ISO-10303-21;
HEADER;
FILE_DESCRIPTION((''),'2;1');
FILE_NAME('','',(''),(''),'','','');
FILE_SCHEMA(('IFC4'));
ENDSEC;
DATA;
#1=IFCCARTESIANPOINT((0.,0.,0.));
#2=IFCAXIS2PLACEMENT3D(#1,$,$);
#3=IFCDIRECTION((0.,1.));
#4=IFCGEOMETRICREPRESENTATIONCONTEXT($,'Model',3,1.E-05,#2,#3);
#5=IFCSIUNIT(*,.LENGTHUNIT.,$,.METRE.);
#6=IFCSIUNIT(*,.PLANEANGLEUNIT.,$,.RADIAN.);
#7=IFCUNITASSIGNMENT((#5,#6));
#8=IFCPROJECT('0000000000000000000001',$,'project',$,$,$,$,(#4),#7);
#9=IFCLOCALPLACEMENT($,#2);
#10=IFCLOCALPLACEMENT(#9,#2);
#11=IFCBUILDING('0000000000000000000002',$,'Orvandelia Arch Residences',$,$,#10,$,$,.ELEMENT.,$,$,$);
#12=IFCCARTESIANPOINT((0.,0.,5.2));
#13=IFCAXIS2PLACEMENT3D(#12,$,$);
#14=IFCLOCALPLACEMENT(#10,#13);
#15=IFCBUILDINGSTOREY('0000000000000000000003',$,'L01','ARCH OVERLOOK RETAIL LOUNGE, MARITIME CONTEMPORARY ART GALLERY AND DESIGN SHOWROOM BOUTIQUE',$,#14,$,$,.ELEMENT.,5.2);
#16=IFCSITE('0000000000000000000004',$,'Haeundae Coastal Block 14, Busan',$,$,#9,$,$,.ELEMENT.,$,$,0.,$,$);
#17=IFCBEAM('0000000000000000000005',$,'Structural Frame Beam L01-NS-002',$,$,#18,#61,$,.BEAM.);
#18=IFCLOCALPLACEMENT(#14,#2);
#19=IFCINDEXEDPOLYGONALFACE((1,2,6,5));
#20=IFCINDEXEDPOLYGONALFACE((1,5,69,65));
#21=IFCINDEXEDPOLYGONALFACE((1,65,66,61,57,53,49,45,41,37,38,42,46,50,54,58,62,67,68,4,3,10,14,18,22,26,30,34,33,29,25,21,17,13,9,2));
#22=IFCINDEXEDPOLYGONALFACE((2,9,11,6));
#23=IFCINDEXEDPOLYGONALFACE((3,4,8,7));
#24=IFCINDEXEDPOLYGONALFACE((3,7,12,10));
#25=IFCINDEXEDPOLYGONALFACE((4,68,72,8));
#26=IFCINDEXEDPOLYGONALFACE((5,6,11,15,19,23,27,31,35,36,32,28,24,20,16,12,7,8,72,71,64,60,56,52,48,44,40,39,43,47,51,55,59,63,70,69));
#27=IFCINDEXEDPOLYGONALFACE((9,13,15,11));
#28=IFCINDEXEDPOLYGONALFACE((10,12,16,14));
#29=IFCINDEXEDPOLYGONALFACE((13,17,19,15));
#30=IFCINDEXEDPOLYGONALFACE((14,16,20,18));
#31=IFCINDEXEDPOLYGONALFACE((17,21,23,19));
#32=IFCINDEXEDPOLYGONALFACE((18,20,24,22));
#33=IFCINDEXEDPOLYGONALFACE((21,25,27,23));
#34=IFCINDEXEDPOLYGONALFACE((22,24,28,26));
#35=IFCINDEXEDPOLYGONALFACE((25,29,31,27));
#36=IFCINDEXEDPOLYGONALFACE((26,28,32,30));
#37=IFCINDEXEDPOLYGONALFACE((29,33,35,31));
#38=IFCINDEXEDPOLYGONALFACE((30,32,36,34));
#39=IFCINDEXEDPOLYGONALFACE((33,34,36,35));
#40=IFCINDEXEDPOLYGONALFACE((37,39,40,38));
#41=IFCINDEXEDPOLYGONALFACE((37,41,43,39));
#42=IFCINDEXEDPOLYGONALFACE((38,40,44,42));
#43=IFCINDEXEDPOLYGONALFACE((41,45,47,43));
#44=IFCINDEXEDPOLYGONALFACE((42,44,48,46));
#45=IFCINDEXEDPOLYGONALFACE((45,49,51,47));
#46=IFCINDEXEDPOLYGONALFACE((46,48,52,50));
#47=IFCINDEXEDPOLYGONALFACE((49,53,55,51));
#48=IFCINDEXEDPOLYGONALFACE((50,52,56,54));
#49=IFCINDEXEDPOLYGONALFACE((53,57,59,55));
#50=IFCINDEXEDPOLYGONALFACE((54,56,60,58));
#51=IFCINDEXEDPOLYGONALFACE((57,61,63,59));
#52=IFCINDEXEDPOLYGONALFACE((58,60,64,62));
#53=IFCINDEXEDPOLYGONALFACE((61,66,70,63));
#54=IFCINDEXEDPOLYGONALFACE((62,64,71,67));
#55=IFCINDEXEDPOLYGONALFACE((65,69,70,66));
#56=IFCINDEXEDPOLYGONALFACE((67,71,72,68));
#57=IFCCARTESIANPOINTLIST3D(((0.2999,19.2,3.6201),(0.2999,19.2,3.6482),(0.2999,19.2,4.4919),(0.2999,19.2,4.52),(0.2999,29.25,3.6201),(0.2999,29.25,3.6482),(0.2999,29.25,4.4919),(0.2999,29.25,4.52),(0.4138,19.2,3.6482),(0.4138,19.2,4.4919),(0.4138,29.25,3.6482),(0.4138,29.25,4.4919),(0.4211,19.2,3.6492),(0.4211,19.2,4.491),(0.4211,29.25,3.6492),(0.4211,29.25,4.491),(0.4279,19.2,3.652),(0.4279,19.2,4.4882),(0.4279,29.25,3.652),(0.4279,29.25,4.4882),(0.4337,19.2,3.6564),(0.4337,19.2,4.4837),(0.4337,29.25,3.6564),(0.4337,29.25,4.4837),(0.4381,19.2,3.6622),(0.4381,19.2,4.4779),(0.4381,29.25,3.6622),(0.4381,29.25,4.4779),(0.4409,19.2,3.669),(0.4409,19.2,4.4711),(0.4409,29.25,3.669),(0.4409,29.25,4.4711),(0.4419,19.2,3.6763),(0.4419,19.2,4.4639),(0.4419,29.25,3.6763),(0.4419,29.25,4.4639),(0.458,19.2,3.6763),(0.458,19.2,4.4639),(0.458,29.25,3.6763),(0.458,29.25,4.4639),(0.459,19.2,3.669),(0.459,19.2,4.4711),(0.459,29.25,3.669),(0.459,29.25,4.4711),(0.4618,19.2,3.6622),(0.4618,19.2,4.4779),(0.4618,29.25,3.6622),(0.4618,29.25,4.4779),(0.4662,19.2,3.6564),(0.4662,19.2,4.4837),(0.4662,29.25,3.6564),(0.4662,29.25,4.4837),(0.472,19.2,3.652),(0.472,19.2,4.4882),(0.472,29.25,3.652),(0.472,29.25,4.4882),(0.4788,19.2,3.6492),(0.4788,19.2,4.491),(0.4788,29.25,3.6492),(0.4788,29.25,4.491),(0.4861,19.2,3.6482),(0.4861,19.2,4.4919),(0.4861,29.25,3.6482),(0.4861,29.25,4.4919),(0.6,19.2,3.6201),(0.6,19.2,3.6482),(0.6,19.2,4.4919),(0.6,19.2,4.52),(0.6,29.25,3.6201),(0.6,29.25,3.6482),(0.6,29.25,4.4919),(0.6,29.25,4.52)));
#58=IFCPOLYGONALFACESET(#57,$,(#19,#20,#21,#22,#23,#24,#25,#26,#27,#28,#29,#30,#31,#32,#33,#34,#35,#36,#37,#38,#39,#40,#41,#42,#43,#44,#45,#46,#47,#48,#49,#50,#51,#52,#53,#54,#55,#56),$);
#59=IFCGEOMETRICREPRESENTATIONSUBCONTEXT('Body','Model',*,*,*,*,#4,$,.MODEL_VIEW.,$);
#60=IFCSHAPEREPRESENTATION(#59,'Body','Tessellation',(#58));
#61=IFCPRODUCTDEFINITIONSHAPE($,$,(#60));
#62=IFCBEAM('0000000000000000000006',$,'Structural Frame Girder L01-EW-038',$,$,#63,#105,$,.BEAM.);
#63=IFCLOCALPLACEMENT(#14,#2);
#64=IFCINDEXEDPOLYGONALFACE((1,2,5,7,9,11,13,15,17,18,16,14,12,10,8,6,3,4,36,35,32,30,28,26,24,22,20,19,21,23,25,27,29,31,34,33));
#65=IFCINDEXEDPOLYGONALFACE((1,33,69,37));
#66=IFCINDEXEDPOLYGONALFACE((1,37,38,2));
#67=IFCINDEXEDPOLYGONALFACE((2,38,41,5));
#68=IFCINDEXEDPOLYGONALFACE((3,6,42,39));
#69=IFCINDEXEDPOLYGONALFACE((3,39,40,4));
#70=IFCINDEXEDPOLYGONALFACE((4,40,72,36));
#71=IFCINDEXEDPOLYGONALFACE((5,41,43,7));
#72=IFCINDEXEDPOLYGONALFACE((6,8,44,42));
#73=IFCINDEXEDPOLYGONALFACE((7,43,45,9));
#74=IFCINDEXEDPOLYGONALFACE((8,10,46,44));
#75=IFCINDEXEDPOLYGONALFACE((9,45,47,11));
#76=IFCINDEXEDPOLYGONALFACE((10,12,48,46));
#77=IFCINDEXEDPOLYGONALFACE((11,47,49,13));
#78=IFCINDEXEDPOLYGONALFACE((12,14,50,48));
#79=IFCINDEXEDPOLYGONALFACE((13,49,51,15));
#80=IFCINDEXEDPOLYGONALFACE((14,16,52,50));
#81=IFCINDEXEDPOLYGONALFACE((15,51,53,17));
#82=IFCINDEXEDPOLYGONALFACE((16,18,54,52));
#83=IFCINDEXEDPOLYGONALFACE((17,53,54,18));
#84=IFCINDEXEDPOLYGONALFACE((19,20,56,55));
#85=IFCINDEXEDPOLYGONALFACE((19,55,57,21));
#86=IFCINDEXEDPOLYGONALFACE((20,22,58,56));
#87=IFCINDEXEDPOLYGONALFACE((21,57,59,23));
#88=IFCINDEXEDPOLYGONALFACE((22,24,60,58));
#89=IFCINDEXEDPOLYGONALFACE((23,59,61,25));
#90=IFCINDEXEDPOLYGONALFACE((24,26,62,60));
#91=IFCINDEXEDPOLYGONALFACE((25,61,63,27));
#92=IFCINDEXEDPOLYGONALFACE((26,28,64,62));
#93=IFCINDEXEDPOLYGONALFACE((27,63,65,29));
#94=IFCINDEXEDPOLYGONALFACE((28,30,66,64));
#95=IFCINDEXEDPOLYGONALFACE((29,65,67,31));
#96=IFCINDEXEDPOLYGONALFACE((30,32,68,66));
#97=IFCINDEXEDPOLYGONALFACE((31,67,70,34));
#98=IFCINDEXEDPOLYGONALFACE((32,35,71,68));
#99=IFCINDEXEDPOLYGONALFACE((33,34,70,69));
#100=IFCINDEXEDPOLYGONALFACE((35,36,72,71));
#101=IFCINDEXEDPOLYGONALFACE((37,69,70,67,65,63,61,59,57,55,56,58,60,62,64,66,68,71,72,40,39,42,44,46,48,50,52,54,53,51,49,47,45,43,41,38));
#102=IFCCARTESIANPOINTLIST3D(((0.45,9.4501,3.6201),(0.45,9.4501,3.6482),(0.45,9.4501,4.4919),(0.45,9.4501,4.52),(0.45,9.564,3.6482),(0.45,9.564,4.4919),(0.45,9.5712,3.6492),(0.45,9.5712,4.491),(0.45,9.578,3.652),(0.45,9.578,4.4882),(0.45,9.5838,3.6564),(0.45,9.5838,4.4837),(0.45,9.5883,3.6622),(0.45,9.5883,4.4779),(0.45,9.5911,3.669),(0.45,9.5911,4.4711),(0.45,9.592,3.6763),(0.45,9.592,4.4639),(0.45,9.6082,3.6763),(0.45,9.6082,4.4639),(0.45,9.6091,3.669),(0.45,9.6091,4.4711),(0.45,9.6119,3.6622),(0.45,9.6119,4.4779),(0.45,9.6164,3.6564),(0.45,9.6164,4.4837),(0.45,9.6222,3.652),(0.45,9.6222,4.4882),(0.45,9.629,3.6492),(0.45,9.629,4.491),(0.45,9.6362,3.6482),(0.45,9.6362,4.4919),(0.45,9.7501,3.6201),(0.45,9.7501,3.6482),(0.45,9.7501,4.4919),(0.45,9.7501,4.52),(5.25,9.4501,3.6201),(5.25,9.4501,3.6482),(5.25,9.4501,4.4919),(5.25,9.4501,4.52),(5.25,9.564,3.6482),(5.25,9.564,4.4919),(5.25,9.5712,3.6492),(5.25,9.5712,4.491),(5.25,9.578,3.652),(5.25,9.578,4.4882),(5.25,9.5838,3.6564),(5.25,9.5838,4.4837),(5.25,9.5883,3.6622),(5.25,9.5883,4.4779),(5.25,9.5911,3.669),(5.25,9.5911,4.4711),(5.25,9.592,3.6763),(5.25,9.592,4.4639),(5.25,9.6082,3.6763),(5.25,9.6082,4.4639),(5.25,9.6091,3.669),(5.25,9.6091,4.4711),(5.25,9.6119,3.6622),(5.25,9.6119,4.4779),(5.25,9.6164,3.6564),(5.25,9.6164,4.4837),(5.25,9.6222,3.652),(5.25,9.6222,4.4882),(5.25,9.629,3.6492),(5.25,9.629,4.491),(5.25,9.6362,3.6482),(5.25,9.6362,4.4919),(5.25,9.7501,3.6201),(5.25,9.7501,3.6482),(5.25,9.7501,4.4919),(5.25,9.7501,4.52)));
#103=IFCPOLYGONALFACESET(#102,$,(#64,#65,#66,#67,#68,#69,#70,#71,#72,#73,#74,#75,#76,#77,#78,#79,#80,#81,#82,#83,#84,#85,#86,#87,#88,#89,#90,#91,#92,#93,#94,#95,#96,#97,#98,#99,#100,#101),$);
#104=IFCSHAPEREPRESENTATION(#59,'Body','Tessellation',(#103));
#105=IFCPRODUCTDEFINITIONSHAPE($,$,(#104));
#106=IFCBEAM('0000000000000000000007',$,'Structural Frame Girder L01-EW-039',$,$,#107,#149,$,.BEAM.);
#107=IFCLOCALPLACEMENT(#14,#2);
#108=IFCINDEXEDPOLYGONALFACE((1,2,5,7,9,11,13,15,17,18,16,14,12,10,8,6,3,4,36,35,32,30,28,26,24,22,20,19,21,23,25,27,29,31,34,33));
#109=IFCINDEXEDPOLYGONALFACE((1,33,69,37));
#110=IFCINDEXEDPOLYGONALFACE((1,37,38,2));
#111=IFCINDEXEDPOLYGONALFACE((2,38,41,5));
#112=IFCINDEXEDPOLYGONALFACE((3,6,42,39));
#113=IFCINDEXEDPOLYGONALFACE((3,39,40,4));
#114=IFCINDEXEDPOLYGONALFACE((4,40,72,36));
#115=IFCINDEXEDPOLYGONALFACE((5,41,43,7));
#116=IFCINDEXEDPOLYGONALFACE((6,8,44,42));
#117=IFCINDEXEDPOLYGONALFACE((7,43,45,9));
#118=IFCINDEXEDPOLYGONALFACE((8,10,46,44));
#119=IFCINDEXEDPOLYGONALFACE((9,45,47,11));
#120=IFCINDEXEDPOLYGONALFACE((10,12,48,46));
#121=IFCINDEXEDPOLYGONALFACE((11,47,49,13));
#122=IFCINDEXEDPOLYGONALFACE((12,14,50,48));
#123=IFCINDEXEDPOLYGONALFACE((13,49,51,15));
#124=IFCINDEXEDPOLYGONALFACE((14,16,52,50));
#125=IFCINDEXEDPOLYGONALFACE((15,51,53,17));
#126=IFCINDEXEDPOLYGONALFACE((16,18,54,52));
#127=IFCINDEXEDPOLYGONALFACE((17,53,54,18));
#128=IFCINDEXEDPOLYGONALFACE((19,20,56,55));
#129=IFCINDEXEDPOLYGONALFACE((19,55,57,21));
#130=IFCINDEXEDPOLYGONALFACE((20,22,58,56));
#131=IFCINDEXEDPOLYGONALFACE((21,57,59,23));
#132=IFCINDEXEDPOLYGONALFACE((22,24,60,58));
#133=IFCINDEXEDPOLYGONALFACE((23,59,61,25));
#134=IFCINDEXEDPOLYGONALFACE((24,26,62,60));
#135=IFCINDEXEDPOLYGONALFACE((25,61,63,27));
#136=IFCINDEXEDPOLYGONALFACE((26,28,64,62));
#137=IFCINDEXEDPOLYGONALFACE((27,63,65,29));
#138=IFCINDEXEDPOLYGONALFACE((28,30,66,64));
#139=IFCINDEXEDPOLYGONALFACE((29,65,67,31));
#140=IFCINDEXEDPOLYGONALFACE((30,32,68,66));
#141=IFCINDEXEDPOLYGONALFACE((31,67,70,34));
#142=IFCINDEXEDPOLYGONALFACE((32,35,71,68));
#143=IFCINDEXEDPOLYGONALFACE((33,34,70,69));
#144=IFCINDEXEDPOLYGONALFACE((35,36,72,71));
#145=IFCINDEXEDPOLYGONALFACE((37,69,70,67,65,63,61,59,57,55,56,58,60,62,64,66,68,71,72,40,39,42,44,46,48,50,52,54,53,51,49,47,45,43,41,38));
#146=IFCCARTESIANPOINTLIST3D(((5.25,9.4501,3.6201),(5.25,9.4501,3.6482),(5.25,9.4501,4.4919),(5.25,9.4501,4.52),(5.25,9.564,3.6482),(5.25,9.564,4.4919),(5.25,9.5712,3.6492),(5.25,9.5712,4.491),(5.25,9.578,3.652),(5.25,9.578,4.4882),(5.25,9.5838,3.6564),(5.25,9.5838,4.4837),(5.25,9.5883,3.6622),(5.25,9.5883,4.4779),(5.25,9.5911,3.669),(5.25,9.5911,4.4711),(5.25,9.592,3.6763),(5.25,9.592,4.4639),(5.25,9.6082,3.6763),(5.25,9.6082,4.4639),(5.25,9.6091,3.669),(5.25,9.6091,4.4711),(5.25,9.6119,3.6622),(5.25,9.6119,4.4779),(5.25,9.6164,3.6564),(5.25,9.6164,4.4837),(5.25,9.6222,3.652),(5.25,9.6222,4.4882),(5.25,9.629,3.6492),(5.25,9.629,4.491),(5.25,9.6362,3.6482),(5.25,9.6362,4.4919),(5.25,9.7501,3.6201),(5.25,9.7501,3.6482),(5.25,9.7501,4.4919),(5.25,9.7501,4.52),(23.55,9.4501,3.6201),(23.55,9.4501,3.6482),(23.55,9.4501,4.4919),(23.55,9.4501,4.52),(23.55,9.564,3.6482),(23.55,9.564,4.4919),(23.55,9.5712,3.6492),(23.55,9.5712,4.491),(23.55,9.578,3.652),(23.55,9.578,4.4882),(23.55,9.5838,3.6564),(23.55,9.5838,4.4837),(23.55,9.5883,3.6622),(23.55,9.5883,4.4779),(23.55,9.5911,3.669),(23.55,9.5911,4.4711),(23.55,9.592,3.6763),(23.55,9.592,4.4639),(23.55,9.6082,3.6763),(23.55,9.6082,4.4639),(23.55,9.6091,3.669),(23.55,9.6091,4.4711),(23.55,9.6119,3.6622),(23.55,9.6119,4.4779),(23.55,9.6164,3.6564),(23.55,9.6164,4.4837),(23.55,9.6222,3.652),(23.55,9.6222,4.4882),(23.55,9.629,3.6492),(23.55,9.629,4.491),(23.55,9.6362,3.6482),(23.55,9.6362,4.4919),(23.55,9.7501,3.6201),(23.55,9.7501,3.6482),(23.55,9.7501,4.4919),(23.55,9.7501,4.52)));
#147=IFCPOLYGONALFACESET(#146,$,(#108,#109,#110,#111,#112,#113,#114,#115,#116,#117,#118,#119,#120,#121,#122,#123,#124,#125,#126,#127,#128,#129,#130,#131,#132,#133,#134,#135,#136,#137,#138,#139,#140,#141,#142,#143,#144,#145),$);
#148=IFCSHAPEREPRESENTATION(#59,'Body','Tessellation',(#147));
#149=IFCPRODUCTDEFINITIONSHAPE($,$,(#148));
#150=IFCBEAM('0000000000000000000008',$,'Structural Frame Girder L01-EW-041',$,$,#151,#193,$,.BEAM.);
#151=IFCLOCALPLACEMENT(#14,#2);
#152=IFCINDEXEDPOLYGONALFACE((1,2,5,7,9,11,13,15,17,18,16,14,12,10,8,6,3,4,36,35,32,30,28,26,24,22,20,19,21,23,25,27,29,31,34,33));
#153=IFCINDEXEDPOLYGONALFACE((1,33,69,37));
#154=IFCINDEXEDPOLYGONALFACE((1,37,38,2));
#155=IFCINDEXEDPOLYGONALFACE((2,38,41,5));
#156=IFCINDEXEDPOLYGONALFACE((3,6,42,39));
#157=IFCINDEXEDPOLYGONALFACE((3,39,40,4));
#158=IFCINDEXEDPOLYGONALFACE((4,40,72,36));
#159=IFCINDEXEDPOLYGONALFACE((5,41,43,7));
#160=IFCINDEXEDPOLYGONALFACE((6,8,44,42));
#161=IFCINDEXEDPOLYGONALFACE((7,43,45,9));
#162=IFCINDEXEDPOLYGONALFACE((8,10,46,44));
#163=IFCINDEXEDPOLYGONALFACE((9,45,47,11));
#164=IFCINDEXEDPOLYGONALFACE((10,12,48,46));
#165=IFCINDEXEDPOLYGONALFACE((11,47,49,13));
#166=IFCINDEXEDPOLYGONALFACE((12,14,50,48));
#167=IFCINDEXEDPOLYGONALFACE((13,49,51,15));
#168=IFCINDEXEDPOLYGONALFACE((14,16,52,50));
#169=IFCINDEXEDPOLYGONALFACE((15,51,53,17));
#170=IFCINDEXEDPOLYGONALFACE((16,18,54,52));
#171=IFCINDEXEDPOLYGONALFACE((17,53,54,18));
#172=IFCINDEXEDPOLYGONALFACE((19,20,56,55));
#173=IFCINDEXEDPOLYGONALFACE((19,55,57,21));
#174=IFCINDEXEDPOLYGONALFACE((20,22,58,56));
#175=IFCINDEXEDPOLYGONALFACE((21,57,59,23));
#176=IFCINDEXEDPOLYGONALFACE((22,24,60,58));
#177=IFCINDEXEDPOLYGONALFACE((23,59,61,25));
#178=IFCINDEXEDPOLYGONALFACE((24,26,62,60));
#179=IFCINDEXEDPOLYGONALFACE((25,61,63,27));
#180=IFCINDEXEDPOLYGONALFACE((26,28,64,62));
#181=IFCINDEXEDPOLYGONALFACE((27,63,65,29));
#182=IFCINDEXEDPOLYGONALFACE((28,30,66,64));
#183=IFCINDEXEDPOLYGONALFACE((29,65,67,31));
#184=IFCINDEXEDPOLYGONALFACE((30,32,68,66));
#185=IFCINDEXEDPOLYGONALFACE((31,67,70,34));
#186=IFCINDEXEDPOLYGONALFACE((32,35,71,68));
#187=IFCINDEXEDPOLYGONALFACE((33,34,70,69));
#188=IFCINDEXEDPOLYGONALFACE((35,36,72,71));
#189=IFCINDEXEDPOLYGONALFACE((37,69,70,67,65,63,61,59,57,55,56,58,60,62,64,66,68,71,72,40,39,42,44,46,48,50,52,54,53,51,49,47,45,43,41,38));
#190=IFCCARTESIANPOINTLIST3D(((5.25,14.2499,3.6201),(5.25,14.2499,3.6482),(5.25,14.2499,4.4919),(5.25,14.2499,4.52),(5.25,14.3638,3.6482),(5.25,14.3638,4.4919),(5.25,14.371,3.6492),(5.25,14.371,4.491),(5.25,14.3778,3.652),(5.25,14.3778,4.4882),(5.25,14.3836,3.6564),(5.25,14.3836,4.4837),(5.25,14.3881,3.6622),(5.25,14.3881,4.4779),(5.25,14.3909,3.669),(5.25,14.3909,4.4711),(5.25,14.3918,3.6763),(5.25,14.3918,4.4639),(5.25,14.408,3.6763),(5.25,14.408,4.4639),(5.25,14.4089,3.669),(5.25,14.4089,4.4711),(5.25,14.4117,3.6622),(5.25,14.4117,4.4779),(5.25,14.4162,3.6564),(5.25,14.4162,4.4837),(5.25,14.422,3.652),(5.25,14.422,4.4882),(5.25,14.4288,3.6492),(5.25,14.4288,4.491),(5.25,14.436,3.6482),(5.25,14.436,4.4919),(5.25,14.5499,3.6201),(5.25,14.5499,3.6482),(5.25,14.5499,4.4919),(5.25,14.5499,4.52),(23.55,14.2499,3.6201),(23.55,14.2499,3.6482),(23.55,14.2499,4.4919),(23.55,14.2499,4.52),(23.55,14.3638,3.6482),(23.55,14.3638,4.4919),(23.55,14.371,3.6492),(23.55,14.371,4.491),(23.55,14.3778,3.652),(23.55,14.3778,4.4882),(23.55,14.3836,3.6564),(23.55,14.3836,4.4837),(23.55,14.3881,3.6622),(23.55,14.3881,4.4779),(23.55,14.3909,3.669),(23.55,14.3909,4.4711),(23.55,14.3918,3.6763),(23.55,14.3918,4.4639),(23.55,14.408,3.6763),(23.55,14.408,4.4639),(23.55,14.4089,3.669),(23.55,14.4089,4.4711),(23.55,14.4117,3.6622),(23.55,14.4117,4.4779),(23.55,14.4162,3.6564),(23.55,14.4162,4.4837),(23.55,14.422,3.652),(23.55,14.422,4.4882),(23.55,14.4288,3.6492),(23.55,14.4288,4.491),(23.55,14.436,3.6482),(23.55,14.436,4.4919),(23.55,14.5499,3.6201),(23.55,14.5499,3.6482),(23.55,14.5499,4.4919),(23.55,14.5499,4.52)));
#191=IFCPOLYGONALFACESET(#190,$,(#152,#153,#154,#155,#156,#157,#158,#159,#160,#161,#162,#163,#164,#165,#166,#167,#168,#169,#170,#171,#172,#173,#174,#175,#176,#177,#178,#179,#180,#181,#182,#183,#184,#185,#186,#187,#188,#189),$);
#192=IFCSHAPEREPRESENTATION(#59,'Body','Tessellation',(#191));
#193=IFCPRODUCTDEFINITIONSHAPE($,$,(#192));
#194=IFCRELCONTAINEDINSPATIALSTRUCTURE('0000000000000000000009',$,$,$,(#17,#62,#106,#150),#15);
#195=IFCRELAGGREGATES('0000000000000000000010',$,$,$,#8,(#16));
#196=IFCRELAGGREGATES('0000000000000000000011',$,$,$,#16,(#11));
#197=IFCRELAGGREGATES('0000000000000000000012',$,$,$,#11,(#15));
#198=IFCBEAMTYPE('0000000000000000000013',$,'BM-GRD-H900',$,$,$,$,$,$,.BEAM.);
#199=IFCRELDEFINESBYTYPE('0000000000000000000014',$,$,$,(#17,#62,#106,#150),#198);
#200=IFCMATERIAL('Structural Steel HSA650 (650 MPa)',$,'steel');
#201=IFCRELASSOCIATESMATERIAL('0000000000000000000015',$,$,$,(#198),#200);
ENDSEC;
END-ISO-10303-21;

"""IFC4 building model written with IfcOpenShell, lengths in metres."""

from ifc_helpers import new_model, si_unit, direction, frame, origin, origin_2d, place, context, subcontext, project, spatial, i_section, extrude, material, material_profile, profile_set, type_object, element, save


model = new_model("IFC4")

# Units and contexts
model_context = context("Model", 3, precision=1e-05, world=origin(), true_north=direction((0.0, 1.0)))
body_context = subcontext(model_context, "Body", "Model", "MODEL_VIEW")
ifc_project = project(units=[si_unit("LENGTHUNIT", "METRE"), si_unit("PLANEANGLEUNIT", "RADIAN")], contexts=[model_context])

# Site, building, storey
site_placement = place(None, origin())
site = spatial("IfcSite", under=ifc_project, at=site_placement, Name="Haeundae Coastal Block 14, Busan", CompositionType="ELEMENT", RefElevation=0.0)
building_placement = place(site_placement, origin())
building = spatial("IfcBuilding", under=site, at=building_placement, Name="Orvandelia Arch Residences", CompositionType="ELEMENT")
storey_placement = place(building_placement, frame((0.0, 0.0, 5.2)))
storey = spatial("IfcBuildingStorey", under=building, at=storey_placement, Name="L01", Description="ARCH OVERLOOK RETAIL LOUNGE, MARITIME CONTEMPORARY ART GALLERY AND DESIGN SHOWROOM BOUTIQUE", CompositionType="ELEMENT", Elevation=5.2)

# Beams
ifc_material_1 = material(Name="Structural Steel HSA650 (650 MPa)", Category="steel")
ifc_material_profile_1 = material_profile(ifc_material_1, i_section(OverallWidth=0.3, OverallDepth=0.8999, WebThickness=0.0161, FlangeThickness=0.0281, FilletRadius=0.0281, at=origin_2d()), Name="Structural Steel HSA650 (650 MPa)", Category="steel")
ifc_profile_set_1 = profile_set([ifc_material_profile_1], Name="Structural Steel HSA650 (650 MPa)")
beam_type_1 = type_object("IfcBeamType", Name="BM-GRD-H900", PredefinedType="BEAM", material=ifc_profile_set_1)
beam_1_placement = place(storey_placement, frame((0.45, 19.2, 4.0701), z_axis=(0.0, 1.0, 0.0), x_axis=(-1.0, 0.0, 0.0)))
element("IfcBeam", 1, at=beam_1_placement, inside=storey, type_object=beam_type_1, Name="Structural Frame Beam L01-NS-002", PredefinedType="BEAM", context=body_context, shape_type="SweptSolid", body=[
    extrude(i_section(OverallWidth=0.3, OverallDepth=0.8999, WebThickness=0.0161, FlangeThickness=0.0281, FilletRadius=0.0281, at=origin_2d()), origin(), (0.0, 0.0, 1.0), 10.05),
])
beam_2_placement = place(storey_placement, frame((0.45, 9.6001, 4.0701), z_axis=(1.0, 0.0, 0.0), x_axis=(0.0, 1.0, 0.0)))
element("IfcBeam", 2, at=beam_2_placement, inside=storey, type_object=beam_type_1, Name="Structural Frame Girder L01-EW-038", PredefinedType="BEAM", context=body_context, shape_type="SweptSolid", body=[
    extrude(i_section(OverallWidth=0.3, OverallDepth=0.8999, WebThickness=0.0161, FlangeThickness=0.0281, FilletRadius=0.0281, at=origin_2d()), origin(), (0.0, 0.0, 1.0), 4.8),
])
for number, where, z_axis, x_axis, name in (
    (3, (5.25, 9.6001, 4.0701), (1.0, 0.0, 0.0), (0.0, 1.0, 0.0), "Structural Frame Girder L01-EW-039"),
    (4, (5.25, 14.3999, 4.0701), (1.0, 0.0, 0.0), (0.0, 1.0, 0.0), "Structural Frame Girder L01-EW-041"),
):
    element("IfcBeam", number, at=place(storey_placement, frame(where, z_axis=z_axis, x_axis=x_axis)), inside=storey, type_object=beam_type_1, Name=name, PredefinedType="BEAM", context=body_context, shape_type="SweptSolid", body=[
        extrude(i_section(OverallWidth=0.3, OverallDepth=0.8999, WebThickness=0.0161, FlangeThickness=0.0281, FilletRadius=0.0281, at=origin_2d()), origin(), (0.0, 0.0, 1.0), 18.3),
    ])

save(model, "model.ifc")
